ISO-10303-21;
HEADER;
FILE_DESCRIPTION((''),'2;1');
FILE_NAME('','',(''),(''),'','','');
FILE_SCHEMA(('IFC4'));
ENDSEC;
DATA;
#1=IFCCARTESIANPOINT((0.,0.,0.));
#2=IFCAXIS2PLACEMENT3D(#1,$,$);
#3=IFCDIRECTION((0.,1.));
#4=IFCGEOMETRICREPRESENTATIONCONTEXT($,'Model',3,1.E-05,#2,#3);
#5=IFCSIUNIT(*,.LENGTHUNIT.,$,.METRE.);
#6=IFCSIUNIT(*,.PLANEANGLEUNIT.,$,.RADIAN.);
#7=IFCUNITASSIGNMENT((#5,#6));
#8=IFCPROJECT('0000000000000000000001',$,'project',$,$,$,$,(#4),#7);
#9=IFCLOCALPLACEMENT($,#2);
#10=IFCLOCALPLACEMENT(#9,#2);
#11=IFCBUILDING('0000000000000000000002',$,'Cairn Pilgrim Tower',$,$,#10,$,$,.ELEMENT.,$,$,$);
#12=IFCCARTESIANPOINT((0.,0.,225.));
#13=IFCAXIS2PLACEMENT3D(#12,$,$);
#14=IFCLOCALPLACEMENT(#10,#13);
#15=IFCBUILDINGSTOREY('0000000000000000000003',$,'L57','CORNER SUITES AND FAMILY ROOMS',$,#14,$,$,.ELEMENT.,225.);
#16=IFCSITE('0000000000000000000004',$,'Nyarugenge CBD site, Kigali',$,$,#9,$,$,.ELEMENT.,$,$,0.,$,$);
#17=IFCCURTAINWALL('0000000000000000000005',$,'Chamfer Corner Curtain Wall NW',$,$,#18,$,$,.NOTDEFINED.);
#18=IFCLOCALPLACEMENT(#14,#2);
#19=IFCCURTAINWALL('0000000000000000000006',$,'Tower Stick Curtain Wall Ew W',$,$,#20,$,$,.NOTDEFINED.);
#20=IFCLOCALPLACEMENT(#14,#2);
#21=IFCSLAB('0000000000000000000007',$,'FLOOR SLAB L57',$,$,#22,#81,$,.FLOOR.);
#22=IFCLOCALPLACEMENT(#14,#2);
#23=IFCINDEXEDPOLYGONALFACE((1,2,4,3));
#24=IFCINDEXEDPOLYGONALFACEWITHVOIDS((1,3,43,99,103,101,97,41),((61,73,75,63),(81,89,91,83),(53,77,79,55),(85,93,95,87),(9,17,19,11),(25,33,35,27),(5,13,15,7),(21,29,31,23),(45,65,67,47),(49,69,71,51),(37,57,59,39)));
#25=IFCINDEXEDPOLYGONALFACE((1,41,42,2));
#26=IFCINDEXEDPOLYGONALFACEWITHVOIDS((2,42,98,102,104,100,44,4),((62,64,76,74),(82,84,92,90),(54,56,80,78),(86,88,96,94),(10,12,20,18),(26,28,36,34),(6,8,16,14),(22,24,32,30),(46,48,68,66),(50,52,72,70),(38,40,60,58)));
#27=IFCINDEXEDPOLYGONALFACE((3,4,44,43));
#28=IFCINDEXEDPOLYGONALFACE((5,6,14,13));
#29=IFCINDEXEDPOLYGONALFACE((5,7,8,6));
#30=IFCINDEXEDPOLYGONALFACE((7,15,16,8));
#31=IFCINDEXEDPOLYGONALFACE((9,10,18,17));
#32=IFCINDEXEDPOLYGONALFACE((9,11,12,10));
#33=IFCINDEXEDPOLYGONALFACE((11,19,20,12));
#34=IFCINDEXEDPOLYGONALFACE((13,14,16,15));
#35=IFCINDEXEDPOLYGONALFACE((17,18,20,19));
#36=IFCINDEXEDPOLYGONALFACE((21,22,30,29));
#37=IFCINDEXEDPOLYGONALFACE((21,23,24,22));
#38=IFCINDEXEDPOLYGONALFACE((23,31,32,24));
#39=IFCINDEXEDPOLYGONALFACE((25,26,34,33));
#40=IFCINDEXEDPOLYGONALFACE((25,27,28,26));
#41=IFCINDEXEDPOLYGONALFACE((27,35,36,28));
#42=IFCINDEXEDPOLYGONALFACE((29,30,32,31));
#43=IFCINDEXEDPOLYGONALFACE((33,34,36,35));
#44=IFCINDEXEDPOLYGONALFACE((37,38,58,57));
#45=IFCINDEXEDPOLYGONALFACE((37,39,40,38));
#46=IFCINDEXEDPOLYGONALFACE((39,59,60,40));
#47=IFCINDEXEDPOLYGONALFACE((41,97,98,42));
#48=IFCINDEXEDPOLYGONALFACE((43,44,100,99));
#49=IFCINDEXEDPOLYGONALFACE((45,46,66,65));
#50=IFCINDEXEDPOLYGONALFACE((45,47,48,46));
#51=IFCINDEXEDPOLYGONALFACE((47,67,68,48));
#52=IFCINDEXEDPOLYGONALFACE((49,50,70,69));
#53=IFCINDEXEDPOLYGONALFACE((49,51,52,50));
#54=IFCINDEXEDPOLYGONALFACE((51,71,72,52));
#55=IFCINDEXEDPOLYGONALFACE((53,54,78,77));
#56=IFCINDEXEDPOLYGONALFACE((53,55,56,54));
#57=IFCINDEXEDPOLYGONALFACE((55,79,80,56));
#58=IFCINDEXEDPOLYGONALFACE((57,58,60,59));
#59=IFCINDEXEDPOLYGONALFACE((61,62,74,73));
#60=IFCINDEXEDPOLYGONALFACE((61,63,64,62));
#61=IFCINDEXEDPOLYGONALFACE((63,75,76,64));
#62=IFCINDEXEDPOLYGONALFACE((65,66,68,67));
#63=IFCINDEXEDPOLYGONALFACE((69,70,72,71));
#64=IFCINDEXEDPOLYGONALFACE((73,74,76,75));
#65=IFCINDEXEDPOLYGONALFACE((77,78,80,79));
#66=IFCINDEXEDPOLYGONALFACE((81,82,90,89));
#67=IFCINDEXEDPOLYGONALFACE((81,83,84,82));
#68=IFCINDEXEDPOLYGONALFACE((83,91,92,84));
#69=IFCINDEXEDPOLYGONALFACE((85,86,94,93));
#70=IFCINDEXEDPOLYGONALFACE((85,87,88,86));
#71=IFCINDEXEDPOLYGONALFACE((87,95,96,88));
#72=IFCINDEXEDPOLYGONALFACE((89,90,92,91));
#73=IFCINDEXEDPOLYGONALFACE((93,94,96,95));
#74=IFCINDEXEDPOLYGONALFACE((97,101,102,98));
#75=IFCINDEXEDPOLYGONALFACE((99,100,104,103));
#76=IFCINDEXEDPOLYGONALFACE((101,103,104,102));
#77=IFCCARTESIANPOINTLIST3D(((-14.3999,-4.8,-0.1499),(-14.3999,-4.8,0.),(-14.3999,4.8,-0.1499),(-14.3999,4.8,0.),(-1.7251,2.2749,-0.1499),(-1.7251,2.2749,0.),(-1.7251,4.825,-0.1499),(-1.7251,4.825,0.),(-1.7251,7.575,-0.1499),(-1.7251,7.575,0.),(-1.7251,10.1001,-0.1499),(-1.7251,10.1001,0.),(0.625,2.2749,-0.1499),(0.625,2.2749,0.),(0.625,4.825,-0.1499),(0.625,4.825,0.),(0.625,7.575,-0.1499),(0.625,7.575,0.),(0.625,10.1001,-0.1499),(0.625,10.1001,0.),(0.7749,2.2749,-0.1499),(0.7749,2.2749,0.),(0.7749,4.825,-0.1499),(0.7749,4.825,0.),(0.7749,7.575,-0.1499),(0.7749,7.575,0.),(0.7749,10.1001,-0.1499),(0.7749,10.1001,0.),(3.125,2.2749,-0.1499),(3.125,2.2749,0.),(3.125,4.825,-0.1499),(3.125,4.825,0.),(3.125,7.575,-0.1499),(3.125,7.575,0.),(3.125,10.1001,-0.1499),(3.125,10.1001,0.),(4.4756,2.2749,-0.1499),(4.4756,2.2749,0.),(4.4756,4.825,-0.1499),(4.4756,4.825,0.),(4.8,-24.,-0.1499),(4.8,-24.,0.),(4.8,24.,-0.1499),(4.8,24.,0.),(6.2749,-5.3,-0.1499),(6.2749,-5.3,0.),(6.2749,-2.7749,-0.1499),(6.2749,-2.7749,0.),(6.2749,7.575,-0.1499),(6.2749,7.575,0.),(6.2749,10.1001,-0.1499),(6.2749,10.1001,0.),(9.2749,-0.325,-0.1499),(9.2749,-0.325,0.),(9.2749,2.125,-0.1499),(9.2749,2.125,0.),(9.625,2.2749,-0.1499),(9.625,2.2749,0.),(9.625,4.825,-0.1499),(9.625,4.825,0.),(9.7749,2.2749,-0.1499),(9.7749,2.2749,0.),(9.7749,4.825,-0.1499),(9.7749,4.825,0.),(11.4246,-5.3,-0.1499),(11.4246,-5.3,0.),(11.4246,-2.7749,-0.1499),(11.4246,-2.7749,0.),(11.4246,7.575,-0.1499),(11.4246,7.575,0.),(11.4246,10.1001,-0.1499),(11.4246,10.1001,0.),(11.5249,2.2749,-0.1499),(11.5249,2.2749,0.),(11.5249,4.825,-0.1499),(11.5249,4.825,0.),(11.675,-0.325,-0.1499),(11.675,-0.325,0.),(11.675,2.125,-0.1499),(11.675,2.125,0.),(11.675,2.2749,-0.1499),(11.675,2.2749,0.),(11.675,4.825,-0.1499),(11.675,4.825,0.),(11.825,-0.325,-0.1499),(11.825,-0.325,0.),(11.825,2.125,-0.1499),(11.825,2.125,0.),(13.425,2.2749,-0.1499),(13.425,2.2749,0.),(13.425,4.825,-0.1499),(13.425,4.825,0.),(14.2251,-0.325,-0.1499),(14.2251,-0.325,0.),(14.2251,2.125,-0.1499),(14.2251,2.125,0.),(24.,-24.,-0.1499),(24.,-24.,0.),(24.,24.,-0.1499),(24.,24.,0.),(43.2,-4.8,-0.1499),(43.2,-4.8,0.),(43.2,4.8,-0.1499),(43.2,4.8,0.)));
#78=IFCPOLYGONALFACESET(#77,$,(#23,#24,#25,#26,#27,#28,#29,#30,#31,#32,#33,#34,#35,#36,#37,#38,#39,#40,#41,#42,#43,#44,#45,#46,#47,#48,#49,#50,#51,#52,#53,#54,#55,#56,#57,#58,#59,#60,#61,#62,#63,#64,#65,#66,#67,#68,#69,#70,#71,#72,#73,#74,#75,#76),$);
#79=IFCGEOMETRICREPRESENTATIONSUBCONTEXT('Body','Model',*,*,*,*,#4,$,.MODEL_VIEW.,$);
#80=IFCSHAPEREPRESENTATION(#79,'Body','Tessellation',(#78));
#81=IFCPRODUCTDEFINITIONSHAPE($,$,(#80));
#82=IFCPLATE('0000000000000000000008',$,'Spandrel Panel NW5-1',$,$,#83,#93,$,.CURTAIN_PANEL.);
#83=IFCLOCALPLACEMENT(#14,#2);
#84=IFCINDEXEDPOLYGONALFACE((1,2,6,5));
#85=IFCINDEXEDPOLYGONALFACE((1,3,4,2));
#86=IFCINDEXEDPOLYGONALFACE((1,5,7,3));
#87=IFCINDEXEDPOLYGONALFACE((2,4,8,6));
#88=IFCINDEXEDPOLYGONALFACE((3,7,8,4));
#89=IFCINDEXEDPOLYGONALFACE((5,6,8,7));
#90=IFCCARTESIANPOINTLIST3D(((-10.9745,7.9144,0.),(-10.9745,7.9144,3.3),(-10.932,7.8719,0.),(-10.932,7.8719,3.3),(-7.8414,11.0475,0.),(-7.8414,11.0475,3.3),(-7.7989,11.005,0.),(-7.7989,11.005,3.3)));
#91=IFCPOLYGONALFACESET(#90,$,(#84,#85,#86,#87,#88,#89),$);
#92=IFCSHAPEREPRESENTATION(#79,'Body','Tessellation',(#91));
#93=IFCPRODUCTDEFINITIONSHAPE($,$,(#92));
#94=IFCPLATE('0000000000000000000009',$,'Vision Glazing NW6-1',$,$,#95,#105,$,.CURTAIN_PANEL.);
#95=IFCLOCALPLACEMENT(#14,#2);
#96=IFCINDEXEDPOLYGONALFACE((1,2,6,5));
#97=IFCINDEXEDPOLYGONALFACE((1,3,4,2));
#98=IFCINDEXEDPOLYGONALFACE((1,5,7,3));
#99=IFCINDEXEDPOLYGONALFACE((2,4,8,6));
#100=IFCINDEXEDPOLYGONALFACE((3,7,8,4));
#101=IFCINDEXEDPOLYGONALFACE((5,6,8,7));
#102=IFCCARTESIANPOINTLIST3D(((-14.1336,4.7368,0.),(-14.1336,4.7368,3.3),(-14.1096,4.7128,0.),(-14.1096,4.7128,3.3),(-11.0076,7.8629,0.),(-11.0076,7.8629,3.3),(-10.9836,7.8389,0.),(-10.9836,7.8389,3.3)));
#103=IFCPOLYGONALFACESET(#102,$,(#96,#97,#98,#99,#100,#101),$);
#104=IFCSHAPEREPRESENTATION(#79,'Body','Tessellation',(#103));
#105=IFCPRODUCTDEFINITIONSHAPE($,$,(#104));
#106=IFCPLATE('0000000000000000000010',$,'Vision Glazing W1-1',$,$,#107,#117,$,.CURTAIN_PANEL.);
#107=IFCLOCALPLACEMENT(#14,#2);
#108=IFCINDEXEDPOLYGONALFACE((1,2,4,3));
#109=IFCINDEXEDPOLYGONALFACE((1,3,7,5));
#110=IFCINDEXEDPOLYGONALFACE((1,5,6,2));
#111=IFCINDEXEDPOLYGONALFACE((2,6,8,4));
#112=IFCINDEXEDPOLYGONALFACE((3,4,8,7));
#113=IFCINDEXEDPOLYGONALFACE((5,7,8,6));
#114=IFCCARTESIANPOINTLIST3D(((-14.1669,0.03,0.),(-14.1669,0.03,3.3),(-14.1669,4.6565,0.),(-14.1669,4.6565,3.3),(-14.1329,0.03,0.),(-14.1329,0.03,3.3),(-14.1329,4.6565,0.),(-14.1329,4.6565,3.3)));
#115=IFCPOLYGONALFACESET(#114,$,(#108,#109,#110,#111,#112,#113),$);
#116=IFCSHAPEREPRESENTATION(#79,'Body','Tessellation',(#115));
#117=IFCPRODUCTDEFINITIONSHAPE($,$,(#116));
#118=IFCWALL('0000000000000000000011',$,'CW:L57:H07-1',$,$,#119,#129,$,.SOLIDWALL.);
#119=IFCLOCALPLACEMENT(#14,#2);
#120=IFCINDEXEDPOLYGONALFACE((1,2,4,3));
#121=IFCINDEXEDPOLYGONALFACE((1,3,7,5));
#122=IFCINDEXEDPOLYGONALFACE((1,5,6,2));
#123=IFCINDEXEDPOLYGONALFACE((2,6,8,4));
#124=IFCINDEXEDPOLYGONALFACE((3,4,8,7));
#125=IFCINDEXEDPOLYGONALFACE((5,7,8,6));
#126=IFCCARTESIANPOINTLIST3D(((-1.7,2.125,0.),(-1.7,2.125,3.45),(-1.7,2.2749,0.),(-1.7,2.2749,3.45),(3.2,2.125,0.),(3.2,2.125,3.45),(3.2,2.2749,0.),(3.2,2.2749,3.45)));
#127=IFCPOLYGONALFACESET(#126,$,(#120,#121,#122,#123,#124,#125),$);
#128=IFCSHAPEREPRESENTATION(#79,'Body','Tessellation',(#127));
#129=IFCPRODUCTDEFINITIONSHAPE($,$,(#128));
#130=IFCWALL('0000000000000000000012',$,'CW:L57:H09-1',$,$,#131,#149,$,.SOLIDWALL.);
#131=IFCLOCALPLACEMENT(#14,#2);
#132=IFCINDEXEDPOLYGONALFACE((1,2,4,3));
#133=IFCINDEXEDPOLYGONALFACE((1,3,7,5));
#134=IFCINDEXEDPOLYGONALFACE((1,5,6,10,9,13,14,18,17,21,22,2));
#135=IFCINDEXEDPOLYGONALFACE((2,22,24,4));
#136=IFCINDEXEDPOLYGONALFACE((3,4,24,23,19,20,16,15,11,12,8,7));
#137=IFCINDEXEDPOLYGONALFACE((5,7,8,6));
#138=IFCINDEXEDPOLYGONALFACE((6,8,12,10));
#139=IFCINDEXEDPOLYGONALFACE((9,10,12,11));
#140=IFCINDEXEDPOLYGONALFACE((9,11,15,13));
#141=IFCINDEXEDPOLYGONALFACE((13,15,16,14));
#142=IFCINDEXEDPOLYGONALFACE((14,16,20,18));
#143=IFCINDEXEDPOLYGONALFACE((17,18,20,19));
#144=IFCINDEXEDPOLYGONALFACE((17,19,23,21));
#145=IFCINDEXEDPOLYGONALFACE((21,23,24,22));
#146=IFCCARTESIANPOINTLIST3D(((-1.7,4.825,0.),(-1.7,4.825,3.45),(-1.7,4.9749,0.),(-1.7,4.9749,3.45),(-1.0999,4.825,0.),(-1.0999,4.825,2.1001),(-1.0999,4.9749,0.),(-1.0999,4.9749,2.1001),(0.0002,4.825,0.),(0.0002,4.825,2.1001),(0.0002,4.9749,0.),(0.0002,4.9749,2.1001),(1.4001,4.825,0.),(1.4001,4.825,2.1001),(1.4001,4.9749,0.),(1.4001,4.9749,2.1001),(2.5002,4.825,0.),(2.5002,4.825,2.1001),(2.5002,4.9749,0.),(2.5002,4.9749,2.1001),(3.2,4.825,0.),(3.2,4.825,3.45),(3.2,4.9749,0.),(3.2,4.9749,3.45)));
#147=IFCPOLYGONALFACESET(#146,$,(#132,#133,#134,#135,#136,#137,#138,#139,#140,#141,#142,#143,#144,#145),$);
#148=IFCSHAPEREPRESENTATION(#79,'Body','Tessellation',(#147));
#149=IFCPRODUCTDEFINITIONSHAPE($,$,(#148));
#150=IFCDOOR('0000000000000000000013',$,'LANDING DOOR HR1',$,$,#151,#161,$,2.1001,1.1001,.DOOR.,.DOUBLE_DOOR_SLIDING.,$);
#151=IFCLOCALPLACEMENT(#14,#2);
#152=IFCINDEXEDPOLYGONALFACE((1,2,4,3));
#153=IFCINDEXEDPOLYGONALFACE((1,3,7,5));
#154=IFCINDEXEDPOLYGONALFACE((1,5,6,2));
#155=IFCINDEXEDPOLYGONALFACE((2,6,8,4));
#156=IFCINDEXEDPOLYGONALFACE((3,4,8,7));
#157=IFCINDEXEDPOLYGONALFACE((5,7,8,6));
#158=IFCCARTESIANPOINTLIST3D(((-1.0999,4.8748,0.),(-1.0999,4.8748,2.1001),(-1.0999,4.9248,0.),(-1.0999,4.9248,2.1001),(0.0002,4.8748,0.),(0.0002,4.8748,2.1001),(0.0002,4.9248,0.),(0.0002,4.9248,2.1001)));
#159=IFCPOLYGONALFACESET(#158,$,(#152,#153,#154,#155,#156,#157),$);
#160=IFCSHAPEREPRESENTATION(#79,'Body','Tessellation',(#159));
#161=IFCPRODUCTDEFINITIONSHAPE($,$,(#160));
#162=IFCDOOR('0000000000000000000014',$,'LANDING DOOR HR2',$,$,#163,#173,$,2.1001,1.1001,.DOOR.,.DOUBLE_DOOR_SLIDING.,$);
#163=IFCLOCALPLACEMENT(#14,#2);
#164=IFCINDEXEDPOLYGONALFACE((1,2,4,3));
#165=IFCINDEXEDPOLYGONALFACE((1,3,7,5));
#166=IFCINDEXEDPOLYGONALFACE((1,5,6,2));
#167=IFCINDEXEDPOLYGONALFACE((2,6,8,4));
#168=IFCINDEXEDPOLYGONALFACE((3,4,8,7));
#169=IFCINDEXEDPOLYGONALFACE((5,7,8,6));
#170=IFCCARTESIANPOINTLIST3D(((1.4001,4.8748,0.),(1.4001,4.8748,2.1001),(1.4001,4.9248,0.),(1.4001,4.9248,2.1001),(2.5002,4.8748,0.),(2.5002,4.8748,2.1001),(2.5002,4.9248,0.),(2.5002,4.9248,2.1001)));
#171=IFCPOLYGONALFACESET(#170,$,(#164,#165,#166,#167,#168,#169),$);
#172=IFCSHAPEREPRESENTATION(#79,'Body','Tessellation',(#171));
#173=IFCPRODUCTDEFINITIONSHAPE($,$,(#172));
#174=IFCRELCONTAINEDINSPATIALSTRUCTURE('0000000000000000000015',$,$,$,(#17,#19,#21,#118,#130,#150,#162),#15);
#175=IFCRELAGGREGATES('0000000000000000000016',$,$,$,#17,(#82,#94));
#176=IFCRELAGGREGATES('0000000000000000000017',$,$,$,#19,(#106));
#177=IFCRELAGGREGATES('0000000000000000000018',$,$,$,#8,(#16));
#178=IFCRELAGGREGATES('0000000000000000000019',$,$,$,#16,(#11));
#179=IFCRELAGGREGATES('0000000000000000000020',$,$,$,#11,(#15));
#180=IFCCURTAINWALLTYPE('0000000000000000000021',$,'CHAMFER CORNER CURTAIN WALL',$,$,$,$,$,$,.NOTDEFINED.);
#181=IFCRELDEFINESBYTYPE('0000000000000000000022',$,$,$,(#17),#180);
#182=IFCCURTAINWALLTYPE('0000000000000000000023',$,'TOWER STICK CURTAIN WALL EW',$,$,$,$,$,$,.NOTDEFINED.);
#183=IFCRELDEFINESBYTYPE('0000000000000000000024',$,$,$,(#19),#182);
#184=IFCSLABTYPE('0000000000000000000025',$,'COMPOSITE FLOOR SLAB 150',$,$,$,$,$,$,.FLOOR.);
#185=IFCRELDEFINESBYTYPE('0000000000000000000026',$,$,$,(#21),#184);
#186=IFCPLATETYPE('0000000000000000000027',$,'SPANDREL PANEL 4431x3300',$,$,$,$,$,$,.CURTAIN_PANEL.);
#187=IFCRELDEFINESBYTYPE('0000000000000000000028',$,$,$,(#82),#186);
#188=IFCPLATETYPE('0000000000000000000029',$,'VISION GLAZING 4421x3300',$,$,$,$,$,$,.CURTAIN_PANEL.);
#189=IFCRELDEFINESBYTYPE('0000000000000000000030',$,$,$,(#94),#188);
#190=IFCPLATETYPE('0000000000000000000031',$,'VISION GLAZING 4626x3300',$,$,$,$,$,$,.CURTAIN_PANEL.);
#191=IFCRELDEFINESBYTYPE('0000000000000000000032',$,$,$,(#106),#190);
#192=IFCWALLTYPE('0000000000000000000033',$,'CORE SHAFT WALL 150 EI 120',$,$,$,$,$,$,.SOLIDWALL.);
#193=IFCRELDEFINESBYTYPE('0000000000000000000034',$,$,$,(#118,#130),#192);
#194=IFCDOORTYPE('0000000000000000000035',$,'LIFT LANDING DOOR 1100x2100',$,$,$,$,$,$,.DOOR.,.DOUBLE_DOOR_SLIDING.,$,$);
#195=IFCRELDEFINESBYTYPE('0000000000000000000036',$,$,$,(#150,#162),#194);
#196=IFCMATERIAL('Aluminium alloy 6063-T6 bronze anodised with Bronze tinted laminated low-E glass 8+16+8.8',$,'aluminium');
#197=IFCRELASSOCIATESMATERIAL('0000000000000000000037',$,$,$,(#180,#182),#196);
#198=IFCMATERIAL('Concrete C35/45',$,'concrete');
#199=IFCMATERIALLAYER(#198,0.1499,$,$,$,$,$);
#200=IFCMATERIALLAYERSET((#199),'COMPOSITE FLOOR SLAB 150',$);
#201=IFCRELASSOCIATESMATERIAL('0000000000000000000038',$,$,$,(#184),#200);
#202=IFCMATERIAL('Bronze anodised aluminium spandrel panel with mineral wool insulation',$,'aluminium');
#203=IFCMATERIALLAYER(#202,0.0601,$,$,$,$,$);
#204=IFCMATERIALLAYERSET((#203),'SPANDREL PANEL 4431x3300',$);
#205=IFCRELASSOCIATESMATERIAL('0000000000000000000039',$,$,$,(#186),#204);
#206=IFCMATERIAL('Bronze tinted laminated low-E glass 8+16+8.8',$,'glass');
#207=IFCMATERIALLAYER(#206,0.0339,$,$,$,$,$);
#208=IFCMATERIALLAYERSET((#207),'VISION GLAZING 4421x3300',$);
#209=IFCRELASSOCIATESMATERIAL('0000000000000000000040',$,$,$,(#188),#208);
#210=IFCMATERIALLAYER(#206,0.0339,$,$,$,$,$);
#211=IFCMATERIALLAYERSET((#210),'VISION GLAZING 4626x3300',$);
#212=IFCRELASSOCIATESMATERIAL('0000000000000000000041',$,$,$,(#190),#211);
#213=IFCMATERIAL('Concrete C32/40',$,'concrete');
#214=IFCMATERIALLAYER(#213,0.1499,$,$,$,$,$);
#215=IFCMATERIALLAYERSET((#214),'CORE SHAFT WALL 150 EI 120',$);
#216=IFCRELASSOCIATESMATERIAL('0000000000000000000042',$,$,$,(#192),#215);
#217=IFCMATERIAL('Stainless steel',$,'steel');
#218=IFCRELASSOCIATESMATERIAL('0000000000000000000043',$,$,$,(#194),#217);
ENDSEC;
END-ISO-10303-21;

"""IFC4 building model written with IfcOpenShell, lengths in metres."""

from ifc_helpers import new_model, si_unit, direction, frame, frame_2d, origin, origin_2d, place, context, subcontext, project, spatial, polyline, rectangle, outline, extrude, material, layer, layer_set, type_object, element, fill, aggregate, save


model = new_model("IFC4")

# Units and contexts
model_context = context("Model", 3, precision=1e-05, world=origin(), true_north=direction((0.0, 1.0)))
body_context = subcontext(model_context, "Body", "Model", "MODEL_VIEW")
ifc_project = project(units=[si_unit("LENGTHUNIT", "METRE"), si_unit("PLANEANGLEUNIT", "RADIAN")], contexts=[model_context])

# Site, building, storey
site_placement = place(None, origin())
site = spatial("IfcSite", under=ifc_project, at=site_placement, Name="Nyarugenge CBD site, Kigali", CompositionType="ELEMENT", RefElevation=0.0)
building_placement = place(site_placement, origin())
building = spatial("IfcBuilding", under=site, at=building_placement, Name="Cairn Pilgrim Tower", CompositionType="ELEMENT")
storey_placement = place(building_placement, frame((0.0, 0.0, 225.0)))
storey = spatial("IfcBuildingStorey", under=building, at=storey_placement, Name="L57", Description="CORNER SUITES AND FAMILY ROOMS", CompositionType="ELEMENT", Elevation=225.0)

# Curtain walls
ifc_material_1 = material(Name="Aluminium alloy 6063-T6 bronze anodised with Bronze tinted laminated low-E glass 8+16+8.8", Category="aluminium")
curtain_wall_type_1 = type_object("IfcCurtainWallType", Name="CHAMFER CORNER CURTAIN WALL", PredefinedType="NOTDEFINED", material=ifc_material_1)
curtain_wall_1_placement = place(storey_placement, origin())
curtain_wall_1 = element("IfcCurtainWall", 1, at=curtain_wall_1_placement, inside=storey, type_object=curtain_wall_type_1, Name="Chamfer Corner Curtain Wall NW", PredefinedType="NOTDEFINED")
curtain_wall_type_2 = type_object("IfcCurtainWallType", Name="TOWER STICK CURTAIN WALL EW", PredefinedType="NOTDEFINED", material=ifc_material_1)
curtain_wall_2_placement = place(storey_placement, origin())
curtain_wall_2 = element("IfcCurtainWall", 2, at=curtain_wall_2_placement, inside=storey, type_object=curtain_wall_type_2, Name="Tower Stick Curtain Wall Ew W", PredefinedType="NOTDEFINED")

# Slab
ifc_material_2 = material(Name="Concrete C35/45", Category="concrete")
ifc_layer_1 = layer(ifc_material_2, 0.1499)
ifc_layer_set_1 = layer_set([ifc_layer_1], Name="COMPOSITE FLOOR SLAB 150")
slab_type = type_object("IfcSlabType", Name="COMPOSITE FLOOR SLAB 150", PredefinedType="FLOOR", material=ifc_layer_set_1)
slab_placement = place(storey_placement, frame((0.0, 0.0, -0.1499)))
element("IfcSlab", 3, at=slab_placement, inside=storey, type_object=slab_type, Name="FLOOR SLAB L57", PredefinedType="FLOOR", context=body_context, shape_type="SweptSolid", body=[
    extrude(outline(polyline([(4.8, -24.0), (24.0, -24.0), (43.2, -4.8), (43.2, 4.8), (24.0, 24.0), (4.8, 24.0), (-14.3999, 4.8), (-14.3999, -4.8), (4.8, -24.0)]), holes=[polyline([(9.2749, -0.325), (11.675, -0.325), (11.675, 2.125), (9.2749, 2.125), (9.2749, -0.325)]), polyline([(11.825, -0.325), (14.2251, -0.325), (14.2251, 2.125), (11.825, 2.125), (11.825, -0.325)]), polyline([(-1.7251, 2.2749), (0.625, 2.2749), (0.625, 4.825), (-1.7251, 4.825), (-1.7251, 2.2749)]), polyline([(0.7749, 2.2749), (3.125, 2.2749), (3.125, 4.825), (0.7749, 4.825), (0.7749, 2.2749)]), polyline([(-1.7251, 7.575), (0.625, 7.575), (0.625, 10.1001), (-1.7251, 10.1001), (-1.7251, 7.575)]), polyline([(0.7749, 7.575), (3.125, 7.575), (3.125, 10.1001), (0.7749, 10.1001), (0.7749, 7.575)]), polyline([(9.7749, 2.2749), (11.5249, 2.2749), (11.5249, 4.825), (9.7749, 4.825), (9.7749, 2.2749)]), polyline([(11.675, 2.2749), (13.425, 2.2749), (13.425, 4.825), (11.675, 4.825), (11.675, 2.2749)]), polyline([(11.4246, -2.7749), (6.2749, -2.7749), (6.2749, -5.3), (11.4246, -5.3), (11.4246, -2.7749)]), polyline([(4.4756, 2.2749), (9.625, 2.2749), (9.625, 4.825), (4.4756, 4.825), (4.4756, 2.2749)]), polyline([(11.4246, 10.1001), (6.2749, 10.1001), (6.2749, 7.575), (11.4246, 7.575), (11.4246, 10.1001)])]), origin(), (0.0, 0.0, 1.0), 0.1499),
])

# Plates
ifc_material_3 = material(Name="Bronze anodised aluminium spandrel panel with mineral wool insulation", Category="aluminium")
ifc_layer_2 = layer(ifc_material_3, 0.0601)
ifc_layer_set_2 = layer_set([ifc_layer_2], Name="SPANDREL PANEL 4431x3300")
plate_type_1 = type_object("IfcPlateType", Name="SPANDREL PANEL 4431x3300", PredefinedType="CURTAIN_PANEL", material=ifc_layer_set_2)
plate_1_placement = place(storey_placement, frame((-9.3867, 9.4597, 0.0), z_axis=(0.0, 0.0, 1.0), x_axis=(-0.707107, -0.707107, 0.0)))
plate_1 = element("IfcPlate", 4, at=plate_1_placement, type_object=plate_type_1, Name="Spandrel Panel NW5-1", PredefinedType="CURTAIN_PANEL", context=body_context, shape_type="SweptSolid", body=[
    extrude(rectangle(XDim=4.4309, YDim=0.0601, at=origin_2d()), origin(), (0.0, 0.0, 1.0), 3.3),
])
ifc_material_4 = material(Name="Bronze tinted laminated low-E glass 8+16+8.8", Category="glass")
ifc_layer_3 = layer(ifc_material_4, 0.0339)
ifc_layer_set_3 = layer_set([ifc_layer_3], Name="VISION GLAZING 4421x3300")
plate_type_2 = type_object("IfcPlateType", Name="VISION GLAZING 4421x3300", PredefinedType="CURTAIN_PANEL", material=ifc_layer_set_3)
plate_2_placement = place(storey_placement, frame((-12.5586, 6.2878, 0.0), z_axis=(0.0, 0.0, 1.0), x_axis=(-0.707107, -0.707107, 0.0)))
plate_2 = element("IfcPlate", 5, at=plate_2_placement, type_object=plate_type_2, Name="Vision Glazing NW6-1", PredefinedType="CURTAIN_PANEL", context=body_context, shape_type="SweptSolid", body=[
    extrude(rectangle(XDim=4.4209, YDim=0.0339, at=origin_2d()), origin(), (0.0, 0.0, 1.0), 3.3),
])
aggregate(curtain_wall_1, [plate_1, plate_2])
ifc_layer_4 = layer(ifc_material_4, 0.0339)
ifc_layer_set_4 = layer_set([ifc_layer_4], Name="VISION GLAZING 4626x3300")
plate_type_3 = type_object("IfcPlateType", Name="VISION GLAZING 4626x3300", PredefinedType="CURTAIN_PANEL", material=ifc_layer_set_4)
plate_3_placement = place(storey_placement, frame((-14.1499, 2.3433, 0.0), z_axis=(0.0, 0.0, 1.0), x_axis=(0.0, -1.0, 0.0)))
plate_3 = element("IfcPlate", 6, at=plate_3_placement, type_object=plate_type_3, Name="Vision Glazing W1-1", PredefinedType="CURTAIN_PANEL", context=body_context, shape_type="SweptSolid", body=[
    extrude(rectangle(XDim=4.6265, YDim=0.0339, at=origin_2d()), origin(), (0.0, 0.0, 1.0), 3.3),
])
aggregate(curtain_wall_2, [plate_3])

# Wall
ifc_material_5 = material(Name="Concrete C32/40", Category="concrete")
ifc_layer_5 = layer(ifc_material_5, 0.1499)
ifc_layer_set_5 = layer_set([ifc_layer_5], Name="CORE SHAFT WALL 150 EI 120")
wall_type_1 = type_object("IfcWallType", Name="CORE SHAFT WALL 150 EI 120", PredefinedType="SOLIDWALL", material=ifc_layer_set_5)
wall_1_placement = place(storey_placement, frame((-1.7, 2.2, 0.0), z_axis=(0.0, 0.0, 1.0), x_axis=(1.0, 0.0, 0.0)))
element("IfcWall", 7, at=wall_1_placement, inside=storey, type_object=wall_type_1, Name="CW:L57:H07-1", PredefinedType="SOLIDWALL", context=body_context, shape_type="SweptSolid", body=[
    extrude(rectangle(XDim=4.8999, YDim=0.1499, at=frame_2d((2.45, 0.0))), origin(), (0.0, 0.0, 1.0), 3.45),
])

# Wall, openings, doors
wall_2_placement = place(storey_placement, frame((-1.7, 4.8999, 0.0), z_axis=(0.0, 0.0, 1.0), x_axis=(1.0, 0.0, 0.0)))
wall_2 = element("IfcWall", 8, at=wall_2_placement, inside=storey, type_object=wall_type_1, Name="CW:L57:H09-1", PredefinedType="SOLIDWALL", context=body_context, shape_type="SweptSolid", body=[
    extrude(rectangle(XDim=4.8999, YDim=0.1499, at=frame_2d((2.45, 0.0))), origin(), (0.0, 0.0, 1.0), 3.45),
])
opening_1_placement = place(wall_2_placement, frame((0.6001, 0.0, 0.0)))
opening_1 = element("IfcOpeningElement", 9, at=opening_1_placement, cuts=wall_2, PredefinedType="OPENING", context=body_context, shape_type="SweptSolid", body=[
    extrude(rectangle(XDim=1.1001, YDim=2.1001, at=frame_2d((0.55, 1.05))), frame((0.0, 0.085, 0.0), z_axis=(0.0, -1.0, 0.0), x_axis=(1.0, 0.0, 0.0)), (0.0, 0.0, 1.0), 0.1699),
])
opening_2_placement = place(wall_2_placement, frame((3.1001, 0.0, 0.0)))
opening_2 = element("IfcOpeningElement", 10, at=opening_2_placement, cuts=wall_2, PredefinedType="OPENING", context=body_context, shape_type="SweptSolid", body=[
    extrude(rectangle(XDim=1.1001, YDim=2.1001, at=frame_2d((0.55, 1.05))), frame((0.0, 0.085, 0.0), z_axis=(0.0, -1.0, 0.0), x_axis=(1.0, 0.0, 0.0)), (0.0, 0.0, 1.0), 0.1699),
])
ifc_material_6 = material(Name="Stainless steel", Category="steel")
door_type = type_object("IfcDoorType", Name="LIFT LANDING DOOR 1100x2100", OperationType="DOUBLE_DOOR_SLIDING", PredefinedType="DOOR", material=ifc_material_6)
door_1_placement = place(opening_1_placement, origin())
door_1 = element("IfcDoor", 11, at=door_1_placement, inside=storey, type_object=door_type, Name="LANDING DOOR HR1", OperationType="DOUBLE_DOOR_SLIDING", OverallHeight=2.1001, OverallWidth=1.1001, PredefinedType="DOOR", context=body_context, shape_type="SweptSolid", body=[
    extrude(rectangle(XDim=1.1001, YDim=2.1001, at=frame_2d((0.55, 1.05))), frame((0.0, 0.0249, 0.0), z_axis=(0.0, -1.0, 0.0), x_axis=(1.0, 0.0, 0.0)), (0.0, 0.0, 1.0), 0.05),
])
fill(opening_1, door_1)
door_2_placement = place(opening_2_placement, origin())
door_2 = element("IfcDoor", 12, at=door_2_placement, inside=storey, type_object=door_type, Name="LANDING DOOR HR2", OperationType="DOUBLE_DOOR_SLIDING", OverallHeight=2.1001, OverallWidth=1.1001, PredefinedType="DOOR", context=body_context, shape_type="SweptSolid", body=[
    extrude(rectangle(XDim=1.1001, YDim=2.1001, at=frame_2d((0.55, 1.05))), frame((0.0, 0.0249, 0.0), z_axis=(0.0, -1.0, 0.0), x_axis=(1.0, 0.0, 0.0)), (0.0, 0.0, 1.0), 0.05),
])
fill(opening_2, door_2)

save(model, "model.ifc")
